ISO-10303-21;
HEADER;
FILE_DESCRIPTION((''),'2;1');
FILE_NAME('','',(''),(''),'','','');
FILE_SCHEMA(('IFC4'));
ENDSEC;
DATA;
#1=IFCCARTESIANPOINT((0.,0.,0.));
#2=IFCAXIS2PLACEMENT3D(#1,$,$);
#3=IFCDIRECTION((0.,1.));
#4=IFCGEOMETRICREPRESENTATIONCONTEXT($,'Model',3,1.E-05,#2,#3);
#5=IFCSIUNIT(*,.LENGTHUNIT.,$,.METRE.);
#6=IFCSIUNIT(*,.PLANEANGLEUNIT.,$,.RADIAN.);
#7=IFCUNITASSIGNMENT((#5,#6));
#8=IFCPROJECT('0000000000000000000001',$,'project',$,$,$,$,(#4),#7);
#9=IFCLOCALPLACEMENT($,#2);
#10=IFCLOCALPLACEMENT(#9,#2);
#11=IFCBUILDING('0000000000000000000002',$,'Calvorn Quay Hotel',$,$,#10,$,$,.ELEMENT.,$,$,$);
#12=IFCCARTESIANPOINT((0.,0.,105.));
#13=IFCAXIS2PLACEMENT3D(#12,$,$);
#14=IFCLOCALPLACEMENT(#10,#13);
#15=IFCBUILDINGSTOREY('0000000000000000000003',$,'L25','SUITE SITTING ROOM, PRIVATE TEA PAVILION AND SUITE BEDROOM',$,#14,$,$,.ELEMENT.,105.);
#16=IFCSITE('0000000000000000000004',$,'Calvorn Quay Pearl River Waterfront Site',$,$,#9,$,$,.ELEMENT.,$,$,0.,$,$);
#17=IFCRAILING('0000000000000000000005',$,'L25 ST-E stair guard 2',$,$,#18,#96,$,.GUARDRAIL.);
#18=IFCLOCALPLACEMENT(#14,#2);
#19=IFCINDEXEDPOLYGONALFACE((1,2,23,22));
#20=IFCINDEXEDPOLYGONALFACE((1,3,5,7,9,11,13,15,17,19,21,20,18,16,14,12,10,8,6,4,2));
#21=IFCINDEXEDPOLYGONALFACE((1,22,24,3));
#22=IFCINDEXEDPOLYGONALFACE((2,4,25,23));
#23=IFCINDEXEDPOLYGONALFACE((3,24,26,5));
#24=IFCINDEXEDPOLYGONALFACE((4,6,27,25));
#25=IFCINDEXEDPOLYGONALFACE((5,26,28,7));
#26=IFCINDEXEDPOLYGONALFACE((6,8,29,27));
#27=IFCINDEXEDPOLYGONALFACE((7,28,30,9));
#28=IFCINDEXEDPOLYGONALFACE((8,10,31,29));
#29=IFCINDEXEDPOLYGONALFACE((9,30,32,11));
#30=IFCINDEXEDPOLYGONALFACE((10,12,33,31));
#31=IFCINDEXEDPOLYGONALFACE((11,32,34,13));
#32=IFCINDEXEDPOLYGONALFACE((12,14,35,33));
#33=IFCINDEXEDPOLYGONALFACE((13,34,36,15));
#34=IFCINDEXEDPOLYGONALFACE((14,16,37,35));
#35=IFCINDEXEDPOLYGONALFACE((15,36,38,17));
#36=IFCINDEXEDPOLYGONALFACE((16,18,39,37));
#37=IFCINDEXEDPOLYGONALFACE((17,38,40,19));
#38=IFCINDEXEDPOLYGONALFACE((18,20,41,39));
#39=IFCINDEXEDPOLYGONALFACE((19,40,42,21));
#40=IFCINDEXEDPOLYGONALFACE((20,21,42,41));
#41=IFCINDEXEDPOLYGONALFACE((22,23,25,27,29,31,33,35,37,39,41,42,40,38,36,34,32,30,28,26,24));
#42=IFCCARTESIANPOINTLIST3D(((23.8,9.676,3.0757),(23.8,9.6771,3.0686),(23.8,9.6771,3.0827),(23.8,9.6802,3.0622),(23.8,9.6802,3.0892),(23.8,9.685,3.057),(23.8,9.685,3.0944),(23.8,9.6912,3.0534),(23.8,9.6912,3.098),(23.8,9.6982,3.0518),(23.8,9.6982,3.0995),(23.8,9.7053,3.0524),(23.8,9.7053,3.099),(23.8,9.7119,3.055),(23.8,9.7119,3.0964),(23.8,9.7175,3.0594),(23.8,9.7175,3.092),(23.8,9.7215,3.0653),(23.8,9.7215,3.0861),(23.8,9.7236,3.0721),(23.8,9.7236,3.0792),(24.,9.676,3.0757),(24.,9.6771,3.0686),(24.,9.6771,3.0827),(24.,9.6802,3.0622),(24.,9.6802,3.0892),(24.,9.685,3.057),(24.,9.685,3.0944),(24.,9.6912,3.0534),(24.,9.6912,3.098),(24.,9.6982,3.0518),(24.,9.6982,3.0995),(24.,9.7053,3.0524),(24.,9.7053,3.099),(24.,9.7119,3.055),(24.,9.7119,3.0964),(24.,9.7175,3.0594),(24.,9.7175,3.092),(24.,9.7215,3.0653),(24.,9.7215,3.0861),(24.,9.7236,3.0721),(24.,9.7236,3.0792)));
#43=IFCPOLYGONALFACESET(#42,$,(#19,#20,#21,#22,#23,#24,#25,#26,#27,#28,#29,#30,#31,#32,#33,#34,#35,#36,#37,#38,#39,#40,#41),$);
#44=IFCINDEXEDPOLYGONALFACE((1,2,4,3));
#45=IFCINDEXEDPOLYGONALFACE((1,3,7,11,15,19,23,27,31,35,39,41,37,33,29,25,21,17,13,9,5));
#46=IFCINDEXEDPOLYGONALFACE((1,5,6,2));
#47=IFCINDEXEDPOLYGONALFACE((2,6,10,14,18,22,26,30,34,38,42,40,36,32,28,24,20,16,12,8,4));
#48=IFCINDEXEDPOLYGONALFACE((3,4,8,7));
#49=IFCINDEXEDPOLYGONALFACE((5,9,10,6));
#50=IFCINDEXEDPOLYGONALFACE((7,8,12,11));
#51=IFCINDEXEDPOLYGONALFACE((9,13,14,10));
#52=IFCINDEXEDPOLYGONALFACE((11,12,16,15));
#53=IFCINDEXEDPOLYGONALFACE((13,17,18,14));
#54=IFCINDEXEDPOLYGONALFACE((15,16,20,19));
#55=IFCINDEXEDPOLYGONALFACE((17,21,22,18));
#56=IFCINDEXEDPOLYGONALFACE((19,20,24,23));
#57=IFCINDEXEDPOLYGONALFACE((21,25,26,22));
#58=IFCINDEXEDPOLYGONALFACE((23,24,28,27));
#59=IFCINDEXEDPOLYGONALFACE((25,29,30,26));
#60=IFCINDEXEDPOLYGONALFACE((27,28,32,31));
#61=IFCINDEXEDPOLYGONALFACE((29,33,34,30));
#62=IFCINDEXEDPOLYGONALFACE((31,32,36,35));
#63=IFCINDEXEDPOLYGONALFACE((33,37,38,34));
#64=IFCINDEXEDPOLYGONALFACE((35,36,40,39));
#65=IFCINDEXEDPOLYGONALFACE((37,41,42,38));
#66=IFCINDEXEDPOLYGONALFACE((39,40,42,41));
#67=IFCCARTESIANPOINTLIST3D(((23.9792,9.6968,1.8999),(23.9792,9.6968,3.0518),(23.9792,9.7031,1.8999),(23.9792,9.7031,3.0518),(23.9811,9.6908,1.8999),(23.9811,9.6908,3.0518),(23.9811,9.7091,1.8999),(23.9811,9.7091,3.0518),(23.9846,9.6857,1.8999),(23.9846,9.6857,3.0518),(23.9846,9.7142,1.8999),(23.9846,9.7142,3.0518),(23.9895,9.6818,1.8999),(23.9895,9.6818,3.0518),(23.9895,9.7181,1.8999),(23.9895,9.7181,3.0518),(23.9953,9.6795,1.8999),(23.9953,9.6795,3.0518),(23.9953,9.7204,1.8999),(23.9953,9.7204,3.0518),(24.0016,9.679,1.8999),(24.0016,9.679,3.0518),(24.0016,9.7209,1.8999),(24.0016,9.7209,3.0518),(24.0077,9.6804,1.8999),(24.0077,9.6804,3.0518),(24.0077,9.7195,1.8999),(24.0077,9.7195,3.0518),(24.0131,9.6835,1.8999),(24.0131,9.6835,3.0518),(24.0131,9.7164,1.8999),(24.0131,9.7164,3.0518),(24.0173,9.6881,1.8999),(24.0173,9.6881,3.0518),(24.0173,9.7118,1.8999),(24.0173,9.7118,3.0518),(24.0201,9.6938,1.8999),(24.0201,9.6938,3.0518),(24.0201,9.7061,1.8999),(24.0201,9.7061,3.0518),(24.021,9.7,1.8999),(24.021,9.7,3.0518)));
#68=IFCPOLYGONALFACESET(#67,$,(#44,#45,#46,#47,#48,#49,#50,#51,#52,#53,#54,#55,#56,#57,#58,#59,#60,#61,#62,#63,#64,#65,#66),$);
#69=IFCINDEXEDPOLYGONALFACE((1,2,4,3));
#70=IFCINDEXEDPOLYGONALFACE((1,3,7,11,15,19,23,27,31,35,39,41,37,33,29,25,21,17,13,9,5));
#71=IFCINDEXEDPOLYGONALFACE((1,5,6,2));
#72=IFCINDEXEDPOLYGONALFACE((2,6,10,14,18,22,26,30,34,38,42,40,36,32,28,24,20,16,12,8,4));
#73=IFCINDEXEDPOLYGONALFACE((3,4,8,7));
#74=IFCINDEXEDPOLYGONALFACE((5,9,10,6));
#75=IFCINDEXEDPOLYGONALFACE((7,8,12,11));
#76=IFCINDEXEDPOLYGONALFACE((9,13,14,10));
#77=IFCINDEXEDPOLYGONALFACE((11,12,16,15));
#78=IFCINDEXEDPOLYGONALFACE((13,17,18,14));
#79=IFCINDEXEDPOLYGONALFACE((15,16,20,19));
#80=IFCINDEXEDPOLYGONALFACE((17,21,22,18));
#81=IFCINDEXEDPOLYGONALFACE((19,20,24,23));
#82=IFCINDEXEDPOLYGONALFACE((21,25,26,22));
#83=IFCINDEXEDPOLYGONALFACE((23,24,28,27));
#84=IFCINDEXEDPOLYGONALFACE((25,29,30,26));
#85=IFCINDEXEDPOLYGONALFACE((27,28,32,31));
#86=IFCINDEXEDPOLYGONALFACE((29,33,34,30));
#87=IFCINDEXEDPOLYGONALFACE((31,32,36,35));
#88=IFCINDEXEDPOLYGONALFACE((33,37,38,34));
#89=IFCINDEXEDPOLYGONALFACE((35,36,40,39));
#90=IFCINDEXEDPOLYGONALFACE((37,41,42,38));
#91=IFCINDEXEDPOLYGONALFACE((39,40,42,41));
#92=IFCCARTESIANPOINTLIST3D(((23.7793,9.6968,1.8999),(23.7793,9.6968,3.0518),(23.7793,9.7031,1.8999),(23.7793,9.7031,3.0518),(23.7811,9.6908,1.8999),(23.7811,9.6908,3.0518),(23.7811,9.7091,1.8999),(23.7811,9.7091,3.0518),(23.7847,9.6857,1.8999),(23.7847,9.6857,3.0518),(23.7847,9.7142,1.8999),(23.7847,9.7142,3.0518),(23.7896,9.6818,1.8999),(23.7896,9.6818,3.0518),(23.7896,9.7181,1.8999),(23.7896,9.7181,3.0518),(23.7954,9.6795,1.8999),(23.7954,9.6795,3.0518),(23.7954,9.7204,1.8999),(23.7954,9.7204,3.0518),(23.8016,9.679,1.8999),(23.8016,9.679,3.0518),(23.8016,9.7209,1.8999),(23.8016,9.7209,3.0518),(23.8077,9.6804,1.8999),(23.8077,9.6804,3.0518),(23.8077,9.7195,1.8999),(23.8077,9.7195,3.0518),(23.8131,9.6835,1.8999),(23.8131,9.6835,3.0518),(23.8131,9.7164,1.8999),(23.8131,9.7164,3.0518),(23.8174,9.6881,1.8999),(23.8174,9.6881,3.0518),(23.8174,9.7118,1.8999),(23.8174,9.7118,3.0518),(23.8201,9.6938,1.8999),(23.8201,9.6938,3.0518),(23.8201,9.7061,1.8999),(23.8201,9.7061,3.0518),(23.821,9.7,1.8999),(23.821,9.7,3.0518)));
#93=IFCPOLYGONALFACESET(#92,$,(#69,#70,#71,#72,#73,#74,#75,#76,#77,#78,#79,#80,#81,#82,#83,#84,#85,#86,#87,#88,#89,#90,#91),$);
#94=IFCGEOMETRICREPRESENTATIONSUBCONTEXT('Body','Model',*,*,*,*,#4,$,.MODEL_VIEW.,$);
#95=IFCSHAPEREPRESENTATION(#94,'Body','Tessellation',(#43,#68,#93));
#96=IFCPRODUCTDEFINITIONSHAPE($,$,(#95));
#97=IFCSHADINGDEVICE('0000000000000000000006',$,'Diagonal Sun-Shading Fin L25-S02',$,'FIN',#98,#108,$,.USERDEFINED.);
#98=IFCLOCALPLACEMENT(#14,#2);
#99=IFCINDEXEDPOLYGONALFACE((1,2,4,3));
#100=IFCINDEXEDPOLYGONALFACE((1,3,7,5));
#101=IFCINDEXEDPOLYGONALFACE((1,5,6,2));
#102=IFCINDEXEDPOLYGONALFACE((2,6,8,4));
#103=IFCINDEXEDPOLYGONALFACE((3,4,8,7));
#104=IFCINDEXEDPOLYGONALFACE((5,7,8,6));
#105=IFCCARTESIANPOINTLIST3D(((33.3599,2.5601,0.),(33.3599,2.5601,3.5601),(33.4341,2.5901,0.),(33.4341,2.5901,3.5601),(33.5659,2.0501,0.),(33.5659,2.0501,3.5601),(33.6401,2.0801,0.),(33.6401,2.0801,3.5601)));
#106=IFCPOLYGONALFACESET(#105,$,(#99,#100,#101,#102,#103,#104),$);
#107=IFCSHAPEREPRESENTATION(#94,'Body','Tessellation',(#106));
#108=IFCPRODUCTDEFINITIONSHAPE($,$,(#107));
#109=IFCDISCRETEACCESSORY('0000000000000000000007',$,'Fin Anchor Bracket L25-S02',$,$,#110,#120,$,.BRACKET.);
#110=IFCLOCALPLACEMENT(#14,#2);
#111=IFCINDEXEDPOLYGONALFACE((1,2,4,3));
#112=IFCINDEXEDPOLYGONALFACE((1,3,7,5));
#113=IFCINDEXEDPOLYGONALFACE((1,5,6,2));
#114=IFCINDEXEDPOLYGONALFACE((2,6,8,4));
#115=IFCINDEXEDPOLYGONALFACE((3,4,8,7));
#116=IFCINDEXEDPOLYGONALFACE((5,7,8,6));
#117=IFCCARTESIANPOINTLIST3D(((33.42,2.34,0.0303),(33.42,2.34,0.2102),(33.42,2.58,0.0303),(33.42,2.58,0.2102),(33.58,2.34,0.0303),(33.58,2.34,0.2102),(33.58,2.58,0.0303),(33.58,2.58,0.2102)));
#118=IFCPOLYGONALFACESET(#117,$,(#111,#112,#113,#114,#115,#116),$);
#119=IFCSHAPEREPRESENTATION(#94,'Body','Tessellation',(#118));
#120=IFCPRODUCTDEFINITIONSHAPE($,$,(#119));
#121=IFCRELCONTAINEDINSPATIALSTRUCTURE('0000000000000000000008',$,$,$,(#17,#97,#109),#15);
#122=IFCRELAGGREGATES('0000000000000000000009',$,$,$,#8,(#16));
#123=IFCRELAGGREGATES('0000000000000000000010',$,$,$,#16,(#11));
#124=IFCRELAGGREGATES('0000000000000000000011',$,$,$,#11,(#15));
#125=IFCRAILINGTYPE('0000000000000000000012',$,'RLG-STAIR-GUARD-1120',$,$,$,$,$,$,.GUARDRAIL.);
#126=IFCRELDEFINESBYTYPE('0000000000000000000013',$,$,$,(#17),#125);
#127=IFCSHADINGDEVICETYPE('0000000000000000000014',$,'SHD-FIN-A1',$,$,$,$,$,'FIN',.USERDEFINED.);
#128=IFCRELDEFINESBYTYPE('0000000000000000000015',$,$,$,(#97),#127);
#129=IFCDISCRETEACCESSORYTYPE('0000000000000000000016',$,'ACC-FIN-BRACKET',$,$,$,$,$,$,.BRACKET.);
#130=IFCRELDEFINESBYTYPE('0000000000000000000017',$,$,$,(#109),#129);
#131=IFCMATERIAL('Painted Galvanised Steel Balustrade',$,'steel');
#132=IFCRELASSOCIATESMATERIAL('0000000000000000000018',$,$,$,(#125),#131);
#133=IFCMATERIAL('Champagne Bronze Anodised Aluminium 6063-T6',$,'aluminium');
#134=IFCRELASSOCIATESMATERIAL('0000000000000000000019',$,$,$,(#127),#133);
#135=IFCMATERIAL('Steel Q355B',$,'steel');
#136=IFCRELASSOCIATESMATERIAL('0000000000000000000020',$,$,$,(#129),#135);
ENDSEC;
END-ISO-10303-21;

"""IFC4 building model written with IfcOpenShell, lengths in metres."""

from ifc_helpers import new_model, si_unit, direction, frame, origin, origin_2d, place, context, subcontext, project, spatial, rectangle, circle, extrude, material, type_object, element, save


model = new_model("IFC4")

# Units and contexts
model_context = context("Model", 3, precision=1e-05, world=origin(), true_north=direction((0.0, 1.0)))
body_context = subcontext(model_context, "Body", "Model", "MODEL_VIEW")
ifc_project = project(units=[si_unit("LENGTHUNIT", "METRE"), si_unit("PLANEANGLEUNIT", "RADIAN")], contexts=[model_context])

# Site, building, storey
site_placement = place(None, origin())
site = spatial("IfcSite", under=ifc_project, at=site_placement, Name="Calvorn Quay Pearl River Waterfront Site", CompositionType="ELEMENT", RefElevation=0.0)
building_placement = place(site_placement, origin())
building = spatial("IfcBuilding", under=site, at=building_placement, Name="Calvorn Quay Hotel", CompositionType="ELEMENT")
storey_placement = place(building_placement, frame((0.0, 0.0, 105.0)))
storey = spatial("IfcBuildingStorey", under=building, at=storey_placement, Name="L25", Description="SUITE SITTING ROOM, PRIVATE TEA PAVILION AND SUITE BEDROOM", CompositionType="ELEMENT", Elevation=105.0)

# Railing
ifc_material_1 = material(Name="Painted Galvanised Steel Balustrade", Category="steel")
railing_type_1 = type_object("IfcRailingType", Name="RLG-STAIR-GUARD-1120", PredefinedType="GUARDRAIL", material=ifc_material_1)
railing_1_placement = place(storey_placement, frame((24.0, 9.7, 1.8999)))
element("IfcRailing", 1, at=railing_1_placement, inside=storey, type_object=railing_type_1, Name="L25 ST-E stair guard 2", PredefinedType="GUARDRAIL", context=body_context, shape_type="SweptSolid", body=[
    extrude(circle(Radius=0.0239, at=origin_2d()), frame((0.0, 0.0, 1.1758), z_axis=(-1.0, 0.0, 0.0), x_axis=(0.0, -1.0, 0.0)), (0.0, 0.0, 1.0), 0.2),
    extrude(circle(Radius=0.021, at=origin_2d()), origin(), (0.0, 0.0, 1.0), 1.1519),
    extrude(circle(Radius=0.021, at=origin_2d()), frame((-0.2, 0.0, 0.0)), (0.0, 0.0, 1.0), 1.1519),
])

# Shading device
ifc_material_2 = material(Name="Champagne Bronze Anodised Aluminium 6063-T6", Category="aluminium")
shading_device_type = type_object("IfcShadingDeviceType", Name="SHD-FIN-A1", ElementType="FIN", PredefinedType="USERDEFINED", material=ifc_material_2)
shading_device_placement = place(storey_placement, frame((33.5, 2.3201, 0.0), z_axis=(0.0, 0.0, 1.0), x_axis=(-0.374607, 0.927184, 0.0)))
element("IfcShadingDevice", 2, at=shading_device_placement, inside=storey, type_object=shading_device_type, Name="Diagonal Sun-Shading Fin L25-S02", ObjectType="FIN", PredefinedType="USERDEFINED", context=body_context, shape_type="SweptSolid", body=[
    extrude(rectangle(XDim=0.55, YDim=0.0801, at=origin_2d()), origin(), (0.0, 0.0, 1.0), 3.5601),
])

# Discrete accessory
ifc_material_3 = material(Name="Steel Q355B", Category="steel")
discrete_accessory_type = type_object("IfcDiscreteAccessoryType", Name="ACC-FIN-BRACKET", PredefinedType="BRACKET", material=ifc_material_3)
discrete_accessory_placement = place(storey_placement, frame((33.5, 2.46, 0.0303), z_axis=(0.0, 0.0, 1.0), x_axis=(0.0, 1.0, 0.0)))
element("IfcDiscreteAccessory", 3, at=discrete_accessory_placement, inside=storey, type_object=discrete_accessory_type, Name="Fin Anchor Bracket L25-S02", PredefinedType="BRACKET", context=body_context, shape_type="SweptSolid", body=[
    extrude(rectangle(XDim=0.24, YDim=0.1599, at=origin_2d()), origin(), (0.0, 0.0, 1.0), 0.1799),
])

save(model, "model.ifc")
